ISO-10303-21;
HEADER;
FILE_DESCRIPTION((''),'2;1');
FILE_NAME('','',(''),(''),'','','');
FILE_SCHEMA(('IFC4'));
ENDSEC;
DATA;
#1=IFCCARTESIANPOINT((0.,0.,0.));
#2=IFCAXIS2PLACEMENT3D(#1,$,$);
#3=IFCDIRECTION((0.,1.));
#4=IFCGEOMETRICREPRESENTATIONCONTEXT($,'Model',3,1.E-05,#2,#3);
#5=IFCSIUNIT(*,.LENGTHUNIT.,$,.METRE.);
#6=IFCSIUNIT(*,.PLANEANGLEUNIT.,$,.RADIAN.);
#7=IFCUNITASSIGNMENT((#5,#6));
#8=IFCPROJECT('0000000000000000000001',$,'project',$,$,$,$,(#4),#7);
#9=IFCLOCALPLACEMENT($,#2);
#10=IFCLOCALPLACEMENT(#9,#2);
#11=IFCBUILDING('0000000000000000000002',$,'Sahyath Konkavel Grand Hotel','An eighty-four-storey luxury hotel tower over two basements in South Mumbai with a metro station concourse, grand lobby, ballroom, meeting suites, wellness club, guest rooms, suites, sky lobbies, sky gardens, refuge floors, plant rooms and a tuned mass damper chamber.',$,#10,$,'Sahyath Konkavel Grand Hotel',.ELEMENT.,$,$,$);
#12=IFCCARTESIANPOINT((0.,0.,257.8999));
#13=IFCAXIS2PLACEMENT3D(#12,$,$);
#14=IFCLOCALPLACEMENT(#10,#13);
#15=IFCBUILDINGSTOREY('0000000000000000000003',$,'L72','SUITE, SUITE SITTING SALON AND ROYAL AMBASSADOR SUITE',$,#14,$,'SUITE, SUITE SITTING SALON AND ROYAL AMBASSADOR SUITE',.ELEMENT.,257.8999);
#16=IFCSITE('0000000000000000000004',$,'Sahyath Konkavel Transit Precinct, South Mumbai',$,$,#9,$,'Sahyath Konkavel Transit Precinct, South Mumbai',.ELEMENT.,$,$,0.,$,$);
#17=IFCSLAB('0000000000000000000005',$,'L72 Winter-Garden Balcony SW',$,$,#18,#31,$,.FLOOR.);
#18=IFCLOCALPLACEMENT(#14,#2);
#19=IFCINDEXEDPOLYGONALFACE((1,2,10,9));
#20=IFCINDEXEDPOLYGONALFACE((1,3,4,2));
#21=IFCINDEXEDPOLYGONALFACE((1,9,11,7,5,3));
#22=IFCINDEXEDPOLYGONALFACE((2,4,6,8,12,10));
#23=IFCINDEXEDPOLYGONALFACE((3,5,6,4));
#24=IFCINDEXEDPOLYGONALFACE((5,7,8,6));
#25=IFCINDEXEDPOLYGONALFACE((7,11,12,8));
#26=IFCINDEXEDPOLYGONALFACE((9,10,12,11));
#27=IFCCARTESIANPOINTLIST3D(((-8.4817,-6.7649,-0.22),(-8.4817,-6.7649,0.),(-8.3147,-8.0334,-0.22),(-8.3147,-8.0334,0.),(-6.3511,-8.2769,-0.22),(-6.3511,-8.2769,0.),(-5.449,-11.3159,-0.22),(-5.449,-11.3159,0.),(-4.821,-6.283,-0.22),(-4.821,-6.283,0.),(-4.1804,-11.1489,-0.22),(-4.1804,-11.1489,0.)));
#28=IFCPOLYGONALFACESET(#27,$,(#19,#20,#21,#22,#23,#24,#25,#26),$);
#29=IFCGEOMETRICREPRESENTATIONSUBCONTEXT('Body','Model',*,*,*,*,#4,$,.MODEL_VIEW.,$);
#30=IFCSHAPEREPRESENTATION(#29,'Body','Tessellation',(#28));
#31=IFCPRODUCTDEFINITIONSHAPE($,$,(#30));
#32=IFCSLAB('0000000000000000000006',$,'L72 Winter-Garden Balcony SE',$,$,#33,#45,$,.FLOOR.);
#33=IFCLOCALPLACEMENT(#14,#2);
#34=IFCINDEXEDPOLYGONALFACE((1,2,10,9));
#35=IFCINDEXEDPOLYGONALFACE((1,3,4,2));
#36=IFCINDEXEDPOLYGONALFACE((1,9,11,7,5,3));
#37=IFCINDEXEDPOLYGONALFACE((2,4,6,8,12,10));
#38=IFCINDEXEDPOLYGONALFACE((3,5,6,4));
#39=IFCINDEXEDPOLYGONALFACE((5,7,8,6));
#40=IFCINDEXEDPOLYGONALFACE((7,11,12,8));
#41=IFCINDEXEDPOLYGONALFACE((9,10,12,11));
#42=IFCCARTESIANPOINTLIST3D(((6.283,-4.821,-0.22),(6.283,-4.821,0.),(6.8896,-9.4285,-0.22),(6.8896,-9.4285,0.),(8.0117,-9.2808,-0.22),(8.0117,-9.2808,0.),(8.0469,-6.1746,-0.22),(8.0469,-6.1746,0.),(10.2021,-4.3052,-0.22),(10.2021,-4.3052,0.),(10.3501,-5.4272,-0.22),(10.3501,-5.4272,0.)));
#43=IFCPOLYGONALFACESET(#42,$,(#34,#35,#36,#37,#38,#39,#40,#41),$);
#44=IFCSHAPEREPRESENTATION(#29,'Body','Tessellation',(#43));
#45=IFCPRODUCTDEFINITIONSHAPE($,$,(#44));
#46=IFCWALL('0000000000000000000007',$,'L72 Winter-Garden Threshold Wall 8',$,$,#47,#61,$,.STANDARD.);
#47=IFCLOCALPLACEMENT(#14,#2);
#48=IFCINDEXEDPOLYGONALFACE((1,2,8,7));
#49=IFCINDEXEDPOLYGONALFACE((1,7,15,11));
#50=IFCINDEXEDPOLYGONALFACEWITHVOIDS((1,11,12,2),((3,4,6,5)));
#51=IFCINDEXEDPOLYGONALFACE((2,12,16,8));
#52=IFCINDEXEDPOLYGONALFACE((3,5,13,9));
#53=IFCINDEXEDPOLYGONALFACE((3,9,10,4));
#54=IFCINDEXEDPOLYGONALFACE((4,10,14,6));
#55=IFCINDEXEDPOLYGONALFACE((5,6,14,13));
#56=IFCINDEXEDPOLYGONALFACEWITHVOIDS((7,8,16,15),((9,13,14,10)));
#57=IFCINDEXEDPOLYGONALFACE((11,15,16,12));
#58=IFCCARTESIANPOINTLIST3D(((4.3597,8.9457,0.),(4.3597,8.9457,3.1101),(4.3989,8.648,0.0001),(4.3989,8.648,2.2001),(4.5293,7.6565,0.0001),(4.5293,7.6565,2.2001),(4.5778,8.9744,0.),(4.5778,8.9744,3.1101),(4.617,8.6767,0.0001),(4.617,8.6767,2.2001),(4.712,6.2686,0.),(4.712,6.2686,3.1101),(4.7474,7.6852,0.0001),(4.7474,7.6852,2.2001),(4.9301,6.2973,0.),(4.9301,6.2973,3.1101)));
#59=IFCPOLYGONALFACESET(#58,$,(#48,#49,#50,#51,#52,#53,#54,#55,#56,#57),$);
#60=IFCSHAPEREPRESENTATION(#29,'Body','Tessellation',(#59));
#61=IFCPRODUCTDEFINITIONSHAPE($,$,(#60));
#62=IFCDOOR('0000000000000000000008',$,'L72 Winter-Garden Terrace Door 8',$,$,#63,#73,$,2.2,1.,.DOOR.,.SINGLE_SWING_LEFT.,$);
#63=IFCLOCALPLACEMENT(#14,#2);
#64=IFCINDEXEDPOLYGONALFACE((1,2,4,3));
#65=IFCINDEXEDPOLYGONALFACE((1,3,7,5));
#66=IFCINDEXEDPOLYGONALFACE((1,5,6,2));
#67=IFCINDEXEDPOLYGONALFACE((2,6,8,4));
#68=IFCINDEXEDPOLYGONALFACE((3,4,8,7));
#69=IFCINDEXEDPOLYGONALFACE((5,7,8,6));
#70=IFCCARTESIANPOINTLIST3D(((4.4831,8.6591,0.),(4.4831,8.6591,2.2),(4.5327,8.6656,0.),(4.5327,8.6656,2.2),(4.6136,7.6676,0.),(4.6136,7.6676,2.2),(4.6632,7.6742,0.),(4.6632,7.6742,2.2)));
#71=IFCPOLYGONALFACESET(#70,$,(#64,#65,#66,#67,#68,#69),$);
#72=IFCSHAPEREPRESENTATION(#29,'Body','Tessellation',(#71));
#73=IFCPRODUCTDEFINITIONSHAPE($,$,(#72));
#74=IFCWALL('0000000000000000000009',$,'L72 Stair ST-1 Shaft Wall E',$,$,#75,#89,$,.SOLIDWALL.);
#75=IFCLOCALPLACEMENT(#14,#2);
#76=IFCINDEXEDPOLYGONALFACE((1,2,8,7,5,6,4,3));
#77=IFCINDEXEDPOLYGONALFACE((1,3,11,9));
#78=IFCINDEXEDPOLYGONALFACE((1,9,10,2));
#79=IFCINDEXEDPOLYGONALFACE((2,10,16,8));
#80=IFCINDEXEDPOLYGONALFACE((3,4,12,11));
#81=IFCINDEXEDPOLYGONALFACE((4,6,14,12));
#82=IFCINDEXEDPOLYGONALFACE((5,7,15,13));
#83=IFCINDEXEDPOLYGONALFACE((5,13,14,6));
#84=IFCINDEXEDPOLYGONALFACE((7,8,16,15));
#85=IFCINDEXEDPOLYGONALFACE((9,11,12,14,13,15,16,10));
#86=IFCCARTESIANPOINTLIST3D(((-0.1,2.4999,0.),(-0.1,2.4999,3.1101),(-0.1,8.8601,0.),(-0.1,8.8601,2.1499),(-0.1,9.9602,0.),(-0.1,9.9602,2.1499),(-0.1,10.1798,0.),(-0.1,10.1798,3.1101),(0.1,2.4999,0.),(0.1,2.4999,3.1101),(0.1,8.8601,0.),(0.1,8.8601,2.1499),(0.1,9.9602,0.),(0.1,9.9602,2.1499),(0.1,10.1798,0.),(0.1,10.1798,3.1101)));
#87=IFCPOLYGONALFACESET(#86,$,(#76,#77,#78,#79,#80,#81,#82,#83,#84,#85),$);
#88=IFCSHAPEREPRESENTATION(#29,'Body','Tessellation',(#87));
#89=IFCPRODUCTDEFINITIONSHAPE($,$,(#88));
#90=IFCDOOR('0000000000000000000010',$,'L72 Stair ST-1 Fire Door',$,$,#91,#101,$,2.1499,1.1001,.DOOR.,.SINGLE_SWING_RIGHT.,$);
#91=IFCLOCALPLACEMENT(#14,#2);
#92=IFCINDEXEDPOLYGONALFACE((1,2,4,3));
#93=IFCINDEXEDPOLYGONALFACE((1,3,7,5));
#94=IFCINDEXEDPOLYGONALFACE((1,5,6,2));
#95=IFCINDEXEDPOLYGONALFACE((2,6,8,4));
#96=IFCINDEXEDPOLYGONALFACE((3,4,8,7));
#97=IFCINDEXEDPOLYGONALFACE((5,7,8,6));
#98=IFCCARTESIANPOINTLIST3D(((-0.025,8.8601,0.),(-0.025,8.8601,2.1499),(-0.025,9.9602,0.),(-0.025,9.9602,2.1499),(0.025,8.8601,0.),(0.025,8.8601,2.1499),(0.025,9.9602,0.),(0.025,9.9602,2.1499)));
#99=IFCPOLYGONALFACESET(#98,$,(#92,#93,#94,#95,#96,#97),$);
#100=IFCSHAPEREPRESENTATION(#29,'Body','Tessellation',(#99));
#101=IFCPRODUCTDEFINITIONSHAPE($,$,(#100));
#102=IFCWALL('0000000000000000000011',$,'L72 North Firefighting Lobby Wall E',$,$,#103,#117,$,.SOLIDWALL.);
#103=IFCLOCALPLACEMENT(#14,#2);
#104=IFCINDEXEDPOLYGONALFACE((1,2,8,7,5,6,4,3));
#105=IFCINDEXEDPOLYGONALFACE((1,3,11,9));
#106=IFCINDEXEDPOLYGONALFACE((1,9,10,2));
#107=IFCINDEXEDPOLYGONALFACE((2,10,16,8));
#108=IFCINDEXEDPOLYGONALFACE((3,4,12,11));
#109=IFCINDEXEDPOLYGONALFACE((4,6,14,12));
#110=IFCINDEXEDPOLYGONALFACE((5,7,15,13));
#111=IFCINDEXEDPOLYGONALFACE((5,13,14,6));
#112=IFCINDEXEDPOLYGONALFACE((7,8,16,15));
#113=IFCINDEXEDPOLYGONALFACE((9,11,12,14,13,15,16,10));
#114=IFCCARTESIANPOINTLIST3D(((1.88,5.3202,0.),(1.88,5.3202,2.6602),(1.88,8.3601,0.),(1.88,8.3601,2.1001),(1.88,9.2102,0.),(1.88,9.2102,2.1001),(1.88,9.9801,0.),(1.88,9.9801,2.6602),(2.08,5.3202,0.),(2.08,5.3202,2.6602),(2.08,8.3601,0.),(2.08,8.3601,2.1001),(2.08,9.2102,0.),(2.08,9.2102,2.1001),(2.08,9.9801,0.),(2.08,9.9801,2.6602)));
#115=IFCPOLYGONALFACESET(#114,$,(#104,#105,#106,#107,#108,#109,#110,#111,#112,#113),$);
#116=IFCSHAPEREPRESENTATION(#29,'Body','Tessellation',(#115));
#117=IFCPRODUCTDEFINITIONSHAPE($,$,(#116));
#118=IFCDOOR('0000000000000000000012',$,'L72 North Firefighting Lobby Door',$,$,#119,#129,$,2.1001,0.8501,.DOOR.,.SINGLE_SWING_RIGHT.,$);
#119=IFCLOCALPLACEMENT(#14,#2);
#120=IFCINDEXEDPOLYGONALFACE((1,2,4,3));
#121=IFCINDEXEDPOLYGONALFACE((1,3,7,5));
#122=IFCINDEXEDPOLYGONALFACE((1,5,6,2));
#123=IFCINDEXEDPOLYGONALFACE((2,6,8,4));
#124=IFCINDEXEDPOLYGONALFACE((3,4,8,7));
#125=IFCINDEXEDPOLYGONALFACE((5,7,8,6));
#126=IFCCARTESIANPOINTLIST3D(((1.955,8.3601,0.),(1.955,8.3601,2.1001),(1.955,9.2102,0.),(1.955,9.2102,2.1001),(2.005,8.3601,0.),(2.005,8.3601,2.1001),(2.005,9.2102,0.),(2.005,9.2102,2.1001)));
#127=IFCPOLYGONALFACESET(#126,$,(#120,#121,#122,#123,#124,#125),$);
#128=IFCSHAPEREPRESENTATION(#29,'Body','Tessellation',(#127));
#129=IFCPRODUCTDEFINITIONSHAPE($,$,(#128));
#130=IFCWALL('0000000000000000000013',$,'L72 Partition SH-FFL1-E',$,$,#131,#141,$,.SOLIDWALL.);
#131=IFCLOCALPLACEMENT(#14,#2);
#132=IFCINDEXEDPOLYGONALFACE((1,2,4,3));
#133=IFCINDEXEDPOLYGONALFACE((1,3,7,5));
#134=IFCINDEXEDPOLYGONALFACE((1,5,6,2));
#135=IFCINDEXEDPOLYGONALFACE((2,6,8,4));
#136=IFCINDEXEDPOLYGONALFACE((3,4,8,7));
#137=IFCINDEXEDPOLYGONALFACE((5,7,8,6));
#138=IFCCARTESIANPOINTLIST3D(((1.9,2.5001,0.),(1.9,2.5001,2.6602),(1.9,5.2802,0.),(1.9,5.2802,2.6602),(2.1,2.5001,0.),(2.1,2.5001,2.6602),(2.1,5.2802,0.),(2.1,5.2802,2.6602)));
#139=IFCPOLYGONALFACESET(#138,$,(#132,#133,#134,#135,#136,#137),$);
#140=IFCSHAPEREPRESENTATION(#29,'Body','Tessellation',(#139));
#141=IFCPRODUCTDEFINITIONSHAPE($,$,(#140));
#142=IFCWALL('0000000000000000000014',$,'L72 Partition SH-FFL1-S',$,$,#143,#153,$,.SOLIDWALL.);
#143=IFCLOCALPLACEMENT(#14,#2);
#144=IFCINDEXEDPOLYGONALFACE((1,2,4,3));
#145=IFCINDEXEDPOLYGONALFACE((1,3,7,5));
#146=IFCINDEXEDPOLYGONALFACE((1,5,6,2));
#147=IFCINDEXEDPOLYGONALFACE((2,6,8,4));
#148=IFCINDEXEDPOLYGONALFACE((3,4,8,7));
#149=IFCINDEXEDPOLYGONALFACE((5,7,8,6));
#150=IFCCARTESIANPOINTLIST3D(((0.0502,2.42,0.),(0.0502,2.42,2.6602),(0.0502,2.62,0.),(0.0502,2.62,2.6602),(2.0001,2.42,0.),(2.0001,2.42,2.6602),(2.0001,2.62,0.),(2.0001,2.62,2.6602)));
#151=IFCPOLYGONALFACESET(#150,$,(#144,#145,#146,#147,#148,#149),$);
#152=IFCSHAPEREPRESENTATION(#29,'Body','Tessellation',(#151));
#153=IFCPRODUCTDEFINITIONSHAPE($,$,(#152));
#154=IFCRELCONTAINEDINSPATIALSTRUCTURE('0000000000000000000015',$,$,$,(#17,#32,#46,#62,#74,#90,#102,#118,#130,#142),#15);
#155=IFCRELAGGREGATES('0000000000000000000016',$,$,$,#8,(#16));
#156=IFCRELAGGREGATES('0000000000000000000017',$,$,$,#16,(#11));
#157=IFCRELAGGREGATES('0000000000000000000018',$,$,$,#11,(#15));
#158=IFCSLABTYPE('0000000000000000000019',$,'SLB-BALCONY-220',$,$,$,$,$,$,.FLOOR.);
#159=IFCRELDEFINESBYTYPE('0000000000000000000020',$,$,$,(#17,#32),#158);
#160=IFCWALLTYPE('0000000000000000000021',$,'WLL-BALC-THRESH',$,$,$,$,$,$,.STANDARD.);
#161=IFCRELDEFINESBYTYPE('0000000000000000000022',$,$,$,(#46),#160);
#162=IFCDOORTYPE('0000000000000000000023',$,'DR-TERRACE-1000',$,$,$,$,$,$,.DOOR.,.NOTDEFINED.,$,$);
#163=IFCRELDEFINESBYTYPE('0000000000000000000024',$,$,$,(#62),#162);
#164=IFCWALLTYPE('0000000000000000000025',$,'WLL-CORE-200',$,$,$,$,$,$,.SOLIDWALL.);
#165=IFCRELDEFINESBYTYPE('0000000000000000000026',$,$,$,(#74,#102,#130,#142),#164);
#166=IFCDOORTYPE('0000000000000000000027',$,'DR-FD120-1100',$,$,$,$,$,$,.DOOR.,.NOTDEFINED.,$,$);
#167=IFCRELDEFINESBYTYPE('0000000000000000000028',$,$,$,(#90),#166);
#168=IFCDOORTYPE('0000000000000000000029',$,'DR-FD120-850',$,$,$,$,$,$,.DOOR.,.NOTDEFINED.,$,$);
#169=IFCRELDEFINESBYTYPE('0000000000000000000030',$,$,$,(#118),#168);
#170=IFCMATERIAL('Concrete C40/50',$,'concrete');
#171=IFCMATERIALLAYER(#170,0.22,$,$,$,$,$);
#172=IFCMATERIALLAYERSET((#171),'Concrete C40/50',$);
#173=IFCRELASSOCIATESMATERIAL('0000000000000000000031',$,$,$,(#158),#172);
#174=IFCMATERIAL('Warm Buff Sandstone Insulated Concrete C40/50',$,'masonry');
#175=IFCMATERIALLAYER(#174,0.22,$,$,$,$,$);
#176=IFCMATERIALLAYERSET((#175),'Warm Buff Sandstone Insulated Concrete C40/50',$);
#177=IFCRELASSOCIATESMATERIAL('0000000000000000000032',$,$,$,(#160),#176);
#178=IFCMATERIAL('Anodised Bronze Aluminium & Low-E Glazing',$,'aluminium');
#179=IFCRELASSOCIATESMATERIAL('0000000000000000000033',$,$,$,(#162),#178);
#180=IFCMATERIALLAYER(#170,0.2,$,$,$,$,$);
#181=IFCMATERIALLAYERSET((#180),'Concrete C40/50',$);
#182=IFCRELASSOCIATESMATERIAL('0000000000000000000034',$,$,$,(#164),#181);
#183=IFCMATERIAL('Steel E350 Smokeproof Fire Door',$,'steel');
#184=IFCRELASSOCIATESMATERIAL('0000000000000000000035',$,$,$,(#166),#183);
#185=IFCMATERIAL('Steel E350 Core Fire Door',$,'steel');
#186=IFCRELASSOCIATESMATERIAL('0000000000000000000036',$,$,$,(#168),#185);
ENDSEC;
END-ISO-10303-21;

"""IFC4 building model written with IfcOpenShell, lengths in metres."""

from ifc_helpers import new_model, si_unit, direction, frame, frame_2d, origin, origin_2d, place, context, subcontext, project, spatial, polyline, rectangle, outline, extrude, source, transform, mapped, material, layer, layer_set, type_object, element, fill, save


model = new_model("IFC4")

# Units and contexts
model_context = context("Model", 3, precision=1e-05, world=origin(), true_north=direction((0.0, 1.0)))
body_context = subcontext(model_context, "Body", "Model", "MODEL_VIEW")
ifc_project = project(units=[si_unit("LENGTHUNIT", "METRE"), si_unit("PLANEANGLEUNIT", "RADIAN")], contexts=[model_context])

# Site, building, storey
site_placement = place(None, origin())
site = spatial("IfcSite", under=ifc_project, at=site_placement, Name="Sahyath Konkavel Transit Precinct, South Mumbai", LongName="Sahyath Konkavel Transit Precinct, South Mumbai", CompositionType="ELEMENT", RefElevation=0.0)
building_placement = place(site_placement, origin())
building = spatial("IfcBuilding", under=site, at=building_placement, Name="Sahyath Konkavel Grand Hotel", Description="An eighty-four-storey luxury hotel tower over two basements in South Mumbai with a metro station concourse, grand lobby, ballroom, meeting suites, wellness club, guest rooms, suites, sky lobbies, sky gardens, refuge floors, plant rooms and a tuned mass damper chamber.", LongName="Sahyath Konkavel Grand Hotel", CompositionType="ELEMENT")
storey_placement = place(building_placement, frame((0.0, 0.0, 257.8999)))
storey = spatial("IfcBuildingStorey", under=building, at=storey_placement, Name="L72", Description="SUITE, SUITE SITTING SALON AND ROYAL AMBASSADOR SUITE", LongName="SUITE, SUITE SITTING SALON AND ROYAL AMBASSADOR SUITE", CompositionType="ELEMENT", Elevation=257.8999)

# Shared definitions
ifc_material_1 = material(Name="Concrete C40/50", Category="concrete")

# Shared definitions
ifc_material_2 = material(Name="Anodised Bronze Aluminium & Low-E Glazing", Category="aluminium")

# Slabs
ifc_layer_1 = layer(ifc_material_1, 0.22)
ifc_layer_set_1 = layer_set([ifc_layer_1], Name="Concrete C40/50")
slab_type = type_object("IfcSlabType", Name="SLB-BALCONY-220", PredefinedType="FLOOR", material=ifc_layer_set_1)
slab_1_placement = place(storey_placement, frame((0.0, 0.0, -0.22)))
element("IfcSlab", 1, at=slab_1_placement, inside=storey, type_object=slab_type, Name="L72 Winter-Garden Balcony SW", PredefinedType="FLOOR", context=body_context, shape_type="SweptSolid", body=[
    extrude(outline(polyline([(-4.821, -6.283), (-8.4817, -6.7649), (-8.3147, -8.0334), (-6.3511, -8.2769), (-5.449, -11.3159), (-4.1804, -11.1489), (-4.821, -6.283)])), origin(), (0.0, 0.0, 1.0), 0.22),
])
slab_2_placement = place(storey_placement, frame((0.0, 0.0, -0.22)))
element("IfcSlab", 2, at=slab_2_placement, inside=storey, type_object=slab_type, Name="L72 Winter-Garden Balcony SE", PredefinedType="FLOOR", context=body_context, shape_type="SweptSolid", body=[
    extrude(outline(polyline([(6.283, -4.821), (6.8896, -9.4285), (8.0117, -9.2808), (8.0469, -6.1746), (10.3501, -5.4272), (10.2021, -4.3052), (6.283, -4.821)])), origin(), (0.0, 0.0, 1.0), 0.22),
])

# Walls, openings, doors
ifc_material_3 = material(Name="Warm Buff Sandstone Insulated Concrete C40/50", Category="masonry")
ifc_layer_2 = layer(ifc_material_3, 0.22)
ifc_layer_set_2 = layer_set([ifc_layer_2], Name="Warm Buff Sandstone Insulated Concrete C40/50")
wall_type_1 = type_object("IfcWallType", Name="WLL-BALC-THRESH", PredefinedType="STANDARD", material=ifc_layer_set_2)
wall_1_placement = place(storey_placement, frame((4.821, 6.283, 0.0), z_axis=(0.0, 0.0, 1.0), x_axis=(-0.130476, 0.991452, 0.0)))
wall_1 = element("IfcWall", 3, at=wall_1_placement, inside=storey, type_object=wall_type_1, Name="L72 Winter-Garden Threshold Wall 8", PredefinedType="STANDARD", context=body_context, shape_type="SweptSolid", body=[
    extrude(rectangle(XDim=2.7002, YDim=0.22, at=frame_2d((1.3501, 0.0))), origin(), (0.0, 0.0, 1.0), 3.1101),
])
opening_1_placement = place(wall_1_placement, frame((1.3999, 0.0, 0.0)))
opening_1 = element("IfcOpeningElement", 4, at=opening_1_placement, cuts=wall_1, PredefinedType="OPENING", context=body_context, shape_type="SweptSolid", body=[
    extrude(rectangle(XDim=1.0, YDim=2.2, at=frame_2d((0.5, 1.1001))), frame((0.0, 0.1201, 0.0), z_axis=(0.0, -1.0, 0.0), x_axis=(1.0, 0.0, 0.0)), (0.0, 0.0, 1.0), 0.24),
])
door_type_1 = type_object("IfcDoorType", Name="DR-TERRACE-1000", OperationType="NOTDEFINED", PredefinedType="DOOR", material=ifc_material_2)
shared_shape_1 = source(origin(), body_context, "Body", "SweptSolid", [
    extrude(rectangle(XDim=1.0, YDim=0.05, at=origin_2d()), origin(), (0.0, 0.0, 1.0), 2.2),
])
door_1_placement = place(opening_1_placement, frame((0.5, 0.0, 0.0)))
door_1 = element("IfcDoor", 5, at=door_1_placement, inside=storey, type_object=door_type_1, Name="L72 Winter-Garden Terrace Door 8", OperationType="SINGLE_SWING_LEFT", OverallHeight=2.2, OverallWidth=1.0, PredefinedType="DOOR", context=body_context, shape_type="MappedRepresentation", body=[
    mapped(shared_shape_1, transform((0.0, 0.0, 0.0), scale=1.0)),
])
fill(opening_1, door_1)
ifc_layer_3 = layer(ifc_material_1, 0.2)
ifc_layer_set_3 = layer_set([ifc_layer_3], Name="Concrete C40/50")
wall_type_2 = type_object("IfcWallType", Name="WLL-CORE-200", PredefinedType="SOLIDWALL", material=ifc_layer_set_3)
wall_2_placement = place(storey_placement, frame((0.0, 2.5, 0.0), z_axis=(0.0, 0.0, 1.0), x_axis=(0.0, 1.0, 0.0)))
wall_2 = element("IfcWall", 6, at=wall_2_placement, inside=storey, type_object=wall_type_2, Name="L72 Stair ST-1 Shaft Wall E", PredefinedType="SOLIDWALL", context=body_context, shape_type="SweptSolid", body=[
    extrude(rectangle(XDim=7.6799, YDim=0.2, at=frame_2d((3.8398, 0.0))), origin(), (0.0, 0.0, 1.0), 3.1101),
])
opening_2_placement = place(wall_2_placement, frame((6.3601, 0.0, 0.0)))
opening_2 = element("IfcOpeningElement", 7, at=opening_2_placement, cuts=wall_2, PredefinedType="OPENING", context=body_context, shape_type="SweptSolid", body=[
    extrude(rectangle(XDim=1.1001, YDim=2.1499, at=frame_2d((0.55, 1.075))), frame((0.0, 0.1099, 0.0), z_axis=(0.0, -1.0, 0.0), x_axis=(1.0, 0.0, 0.0)), (0.0, 0.0, 1.0), 0.22),
])
ifc_material_4 = material(Name="Steel E350 Smokeproof Fire Door", Category="steel")
door_type_2 = type_object("IfcDoorType", Name="DR-FD120-1100", OperationType="NOTDEFINED", PredefinedType="DOOR", material=ifc_material_4)
shared_shape_2 = source(origin(), body_context, "Body", "SweptSolid", [
    extrude(rectangle(XDim=1.1001, YDim=0.05, at=origin_2d()), origin(), (0.0, 0.0, 1.0), 2.1499),
])
door_2_placement = place(opening_2_placement, frame((0.55, 0.0, 0.0)))
door_2 = element("IfcDoor", 8, at=door_2_placement, inside=storey, type_object=door_type_2, Name="L72 Stair ST-1 Fire Door", OperationType="SINGLE_SWING_RIGHT", OverallHeight=2.1499, OverallWidth=1.1001, PredefinedType="DOOR", context=body_context, shape_type="MappedRepresentation", body=[
    mapped(shared_shape_2, transform((0.0, 0.0, 0.0), scale=1.0)),
])
fill(opening_2, door_2)
wall_3_placement = place(storey_placement, frame((1.98, 5.3201, 0.0), z_axis=(0.0, 0.0, 1.0), x_axis=(0.0, 1.0, 0.0)))
wall_3 = element("IfcWall", 9, at=wall_3_placement, inside=storey, type_object=wall_type_2, Name="L72 North Firefighting Lobby Wall E", PredefinedType="SOLIDWALL", context=body_context, shape_type="SweptSolid", body=[
    extrude(rectangle(XDim=4.6599, YDim=0.2, at=frame_2d((2.3301, 0.0))), origin(), (0.0, 0.0, 1.0), 2.6602),
])
opening_3_placement = place(wall_3_placement, frame((3.04, 0.0, 0.0)))
opening_3 = element("IfcOpeningElement", 10, at=opening_3_placement, cuts=wall_3, PredefinedType="OPENING", context=body_context, shape_type="SweptSolid", body=[
    extrude(rectangle(XDim=0.8501, YDim=2.1001, at=frame_2d((0.425, 1.05))), frame((0.0, 0.1099, 0.0), z_axis=(0.0, -1.0, 0.0), x_axis=(1.0, 0.0, 0.0)), (0.0, 0.0, 1.0), 0.22),
])
ifc_material_5 = material(Name="Steel E350 Core Fire Door", Category="steel")
door_type_3 = type_object("IfcDoorType", Name="DR-FD120-850", OperationType="NOTDEFINED", PredefinedType="DOOR", material=ifc_material_5)
shared_shape_3 = source(origin(), body_context, "Body", "SweptSolid", [
    extrude(rectangle(XDim=0.8501, YDim=0.05, at=origin_2d()), origin(), (0.0, 0.0, 1.0), 2.1001),
])
door_3_placement = place(opening_3_placement, frame((0.425, 0.0, 0.0)))
door_3 = element("IfcDoor", 11, at=door_3_placement, inside=storey, type_object=door_type_3, Name="L72 North Firefighting Lobby Door", OperationType="SINGLE_SWING_RIGHT", OverallHeight=2.1001, OverallWidth=0.8501, PredefinedType="DOOR", context=body_context, shape_type="MappedRepresentation", body=[
    mapped(shared_shape_3, transform((0.0, 0.0, 0.0), scale=1.0)),
])
fill(opening_3, door_3)

# Walls
wall_4_placement = place(storey_placement, frame((2.0, 2.5, 0.0), z_axis=(0.0, 0.0, 1.0), x_axis=(0.0, 1.0, 0.0)))
element("IfcWall", 12, at=wall_4_placement, inside=storey, type_object=wall_type_2, Name="L72 Partition SH-FFL1-E", PredefinedType="SOLIDWALL", context=body_context, shape_type="SweptSolid", body=[
    extrude(rectangle(XDim=2.78, YDim=0.2, at=frame_2d((1.3901, 0.0))), origin(), (0.0, 0.0, 1.0), 2.6602),
])
wall_5_placement = place(storey_placement, frame((0.05, 2.52, 0.0), z_axis=(0.0, 0.0, 1.0), x_axis=(1.0, 0.0, 0.0)))
element("IfcWall", 13, at=wall_5_placement, inside=storey, type_object=wall_type_2, Name="L72 Partition SH-FFL1-S", PredefinedType="SOLIDWALL", context=body_context, shape_type="SweptSolid", body=[
    extrude(rectangle(XDim=1.95, YDim=0.2, at=frame_2d((0.9751, 0.0))), origin(), (0.0, 0.0, 1.0), 2.6602),
])

save(model, "model.ifc")
